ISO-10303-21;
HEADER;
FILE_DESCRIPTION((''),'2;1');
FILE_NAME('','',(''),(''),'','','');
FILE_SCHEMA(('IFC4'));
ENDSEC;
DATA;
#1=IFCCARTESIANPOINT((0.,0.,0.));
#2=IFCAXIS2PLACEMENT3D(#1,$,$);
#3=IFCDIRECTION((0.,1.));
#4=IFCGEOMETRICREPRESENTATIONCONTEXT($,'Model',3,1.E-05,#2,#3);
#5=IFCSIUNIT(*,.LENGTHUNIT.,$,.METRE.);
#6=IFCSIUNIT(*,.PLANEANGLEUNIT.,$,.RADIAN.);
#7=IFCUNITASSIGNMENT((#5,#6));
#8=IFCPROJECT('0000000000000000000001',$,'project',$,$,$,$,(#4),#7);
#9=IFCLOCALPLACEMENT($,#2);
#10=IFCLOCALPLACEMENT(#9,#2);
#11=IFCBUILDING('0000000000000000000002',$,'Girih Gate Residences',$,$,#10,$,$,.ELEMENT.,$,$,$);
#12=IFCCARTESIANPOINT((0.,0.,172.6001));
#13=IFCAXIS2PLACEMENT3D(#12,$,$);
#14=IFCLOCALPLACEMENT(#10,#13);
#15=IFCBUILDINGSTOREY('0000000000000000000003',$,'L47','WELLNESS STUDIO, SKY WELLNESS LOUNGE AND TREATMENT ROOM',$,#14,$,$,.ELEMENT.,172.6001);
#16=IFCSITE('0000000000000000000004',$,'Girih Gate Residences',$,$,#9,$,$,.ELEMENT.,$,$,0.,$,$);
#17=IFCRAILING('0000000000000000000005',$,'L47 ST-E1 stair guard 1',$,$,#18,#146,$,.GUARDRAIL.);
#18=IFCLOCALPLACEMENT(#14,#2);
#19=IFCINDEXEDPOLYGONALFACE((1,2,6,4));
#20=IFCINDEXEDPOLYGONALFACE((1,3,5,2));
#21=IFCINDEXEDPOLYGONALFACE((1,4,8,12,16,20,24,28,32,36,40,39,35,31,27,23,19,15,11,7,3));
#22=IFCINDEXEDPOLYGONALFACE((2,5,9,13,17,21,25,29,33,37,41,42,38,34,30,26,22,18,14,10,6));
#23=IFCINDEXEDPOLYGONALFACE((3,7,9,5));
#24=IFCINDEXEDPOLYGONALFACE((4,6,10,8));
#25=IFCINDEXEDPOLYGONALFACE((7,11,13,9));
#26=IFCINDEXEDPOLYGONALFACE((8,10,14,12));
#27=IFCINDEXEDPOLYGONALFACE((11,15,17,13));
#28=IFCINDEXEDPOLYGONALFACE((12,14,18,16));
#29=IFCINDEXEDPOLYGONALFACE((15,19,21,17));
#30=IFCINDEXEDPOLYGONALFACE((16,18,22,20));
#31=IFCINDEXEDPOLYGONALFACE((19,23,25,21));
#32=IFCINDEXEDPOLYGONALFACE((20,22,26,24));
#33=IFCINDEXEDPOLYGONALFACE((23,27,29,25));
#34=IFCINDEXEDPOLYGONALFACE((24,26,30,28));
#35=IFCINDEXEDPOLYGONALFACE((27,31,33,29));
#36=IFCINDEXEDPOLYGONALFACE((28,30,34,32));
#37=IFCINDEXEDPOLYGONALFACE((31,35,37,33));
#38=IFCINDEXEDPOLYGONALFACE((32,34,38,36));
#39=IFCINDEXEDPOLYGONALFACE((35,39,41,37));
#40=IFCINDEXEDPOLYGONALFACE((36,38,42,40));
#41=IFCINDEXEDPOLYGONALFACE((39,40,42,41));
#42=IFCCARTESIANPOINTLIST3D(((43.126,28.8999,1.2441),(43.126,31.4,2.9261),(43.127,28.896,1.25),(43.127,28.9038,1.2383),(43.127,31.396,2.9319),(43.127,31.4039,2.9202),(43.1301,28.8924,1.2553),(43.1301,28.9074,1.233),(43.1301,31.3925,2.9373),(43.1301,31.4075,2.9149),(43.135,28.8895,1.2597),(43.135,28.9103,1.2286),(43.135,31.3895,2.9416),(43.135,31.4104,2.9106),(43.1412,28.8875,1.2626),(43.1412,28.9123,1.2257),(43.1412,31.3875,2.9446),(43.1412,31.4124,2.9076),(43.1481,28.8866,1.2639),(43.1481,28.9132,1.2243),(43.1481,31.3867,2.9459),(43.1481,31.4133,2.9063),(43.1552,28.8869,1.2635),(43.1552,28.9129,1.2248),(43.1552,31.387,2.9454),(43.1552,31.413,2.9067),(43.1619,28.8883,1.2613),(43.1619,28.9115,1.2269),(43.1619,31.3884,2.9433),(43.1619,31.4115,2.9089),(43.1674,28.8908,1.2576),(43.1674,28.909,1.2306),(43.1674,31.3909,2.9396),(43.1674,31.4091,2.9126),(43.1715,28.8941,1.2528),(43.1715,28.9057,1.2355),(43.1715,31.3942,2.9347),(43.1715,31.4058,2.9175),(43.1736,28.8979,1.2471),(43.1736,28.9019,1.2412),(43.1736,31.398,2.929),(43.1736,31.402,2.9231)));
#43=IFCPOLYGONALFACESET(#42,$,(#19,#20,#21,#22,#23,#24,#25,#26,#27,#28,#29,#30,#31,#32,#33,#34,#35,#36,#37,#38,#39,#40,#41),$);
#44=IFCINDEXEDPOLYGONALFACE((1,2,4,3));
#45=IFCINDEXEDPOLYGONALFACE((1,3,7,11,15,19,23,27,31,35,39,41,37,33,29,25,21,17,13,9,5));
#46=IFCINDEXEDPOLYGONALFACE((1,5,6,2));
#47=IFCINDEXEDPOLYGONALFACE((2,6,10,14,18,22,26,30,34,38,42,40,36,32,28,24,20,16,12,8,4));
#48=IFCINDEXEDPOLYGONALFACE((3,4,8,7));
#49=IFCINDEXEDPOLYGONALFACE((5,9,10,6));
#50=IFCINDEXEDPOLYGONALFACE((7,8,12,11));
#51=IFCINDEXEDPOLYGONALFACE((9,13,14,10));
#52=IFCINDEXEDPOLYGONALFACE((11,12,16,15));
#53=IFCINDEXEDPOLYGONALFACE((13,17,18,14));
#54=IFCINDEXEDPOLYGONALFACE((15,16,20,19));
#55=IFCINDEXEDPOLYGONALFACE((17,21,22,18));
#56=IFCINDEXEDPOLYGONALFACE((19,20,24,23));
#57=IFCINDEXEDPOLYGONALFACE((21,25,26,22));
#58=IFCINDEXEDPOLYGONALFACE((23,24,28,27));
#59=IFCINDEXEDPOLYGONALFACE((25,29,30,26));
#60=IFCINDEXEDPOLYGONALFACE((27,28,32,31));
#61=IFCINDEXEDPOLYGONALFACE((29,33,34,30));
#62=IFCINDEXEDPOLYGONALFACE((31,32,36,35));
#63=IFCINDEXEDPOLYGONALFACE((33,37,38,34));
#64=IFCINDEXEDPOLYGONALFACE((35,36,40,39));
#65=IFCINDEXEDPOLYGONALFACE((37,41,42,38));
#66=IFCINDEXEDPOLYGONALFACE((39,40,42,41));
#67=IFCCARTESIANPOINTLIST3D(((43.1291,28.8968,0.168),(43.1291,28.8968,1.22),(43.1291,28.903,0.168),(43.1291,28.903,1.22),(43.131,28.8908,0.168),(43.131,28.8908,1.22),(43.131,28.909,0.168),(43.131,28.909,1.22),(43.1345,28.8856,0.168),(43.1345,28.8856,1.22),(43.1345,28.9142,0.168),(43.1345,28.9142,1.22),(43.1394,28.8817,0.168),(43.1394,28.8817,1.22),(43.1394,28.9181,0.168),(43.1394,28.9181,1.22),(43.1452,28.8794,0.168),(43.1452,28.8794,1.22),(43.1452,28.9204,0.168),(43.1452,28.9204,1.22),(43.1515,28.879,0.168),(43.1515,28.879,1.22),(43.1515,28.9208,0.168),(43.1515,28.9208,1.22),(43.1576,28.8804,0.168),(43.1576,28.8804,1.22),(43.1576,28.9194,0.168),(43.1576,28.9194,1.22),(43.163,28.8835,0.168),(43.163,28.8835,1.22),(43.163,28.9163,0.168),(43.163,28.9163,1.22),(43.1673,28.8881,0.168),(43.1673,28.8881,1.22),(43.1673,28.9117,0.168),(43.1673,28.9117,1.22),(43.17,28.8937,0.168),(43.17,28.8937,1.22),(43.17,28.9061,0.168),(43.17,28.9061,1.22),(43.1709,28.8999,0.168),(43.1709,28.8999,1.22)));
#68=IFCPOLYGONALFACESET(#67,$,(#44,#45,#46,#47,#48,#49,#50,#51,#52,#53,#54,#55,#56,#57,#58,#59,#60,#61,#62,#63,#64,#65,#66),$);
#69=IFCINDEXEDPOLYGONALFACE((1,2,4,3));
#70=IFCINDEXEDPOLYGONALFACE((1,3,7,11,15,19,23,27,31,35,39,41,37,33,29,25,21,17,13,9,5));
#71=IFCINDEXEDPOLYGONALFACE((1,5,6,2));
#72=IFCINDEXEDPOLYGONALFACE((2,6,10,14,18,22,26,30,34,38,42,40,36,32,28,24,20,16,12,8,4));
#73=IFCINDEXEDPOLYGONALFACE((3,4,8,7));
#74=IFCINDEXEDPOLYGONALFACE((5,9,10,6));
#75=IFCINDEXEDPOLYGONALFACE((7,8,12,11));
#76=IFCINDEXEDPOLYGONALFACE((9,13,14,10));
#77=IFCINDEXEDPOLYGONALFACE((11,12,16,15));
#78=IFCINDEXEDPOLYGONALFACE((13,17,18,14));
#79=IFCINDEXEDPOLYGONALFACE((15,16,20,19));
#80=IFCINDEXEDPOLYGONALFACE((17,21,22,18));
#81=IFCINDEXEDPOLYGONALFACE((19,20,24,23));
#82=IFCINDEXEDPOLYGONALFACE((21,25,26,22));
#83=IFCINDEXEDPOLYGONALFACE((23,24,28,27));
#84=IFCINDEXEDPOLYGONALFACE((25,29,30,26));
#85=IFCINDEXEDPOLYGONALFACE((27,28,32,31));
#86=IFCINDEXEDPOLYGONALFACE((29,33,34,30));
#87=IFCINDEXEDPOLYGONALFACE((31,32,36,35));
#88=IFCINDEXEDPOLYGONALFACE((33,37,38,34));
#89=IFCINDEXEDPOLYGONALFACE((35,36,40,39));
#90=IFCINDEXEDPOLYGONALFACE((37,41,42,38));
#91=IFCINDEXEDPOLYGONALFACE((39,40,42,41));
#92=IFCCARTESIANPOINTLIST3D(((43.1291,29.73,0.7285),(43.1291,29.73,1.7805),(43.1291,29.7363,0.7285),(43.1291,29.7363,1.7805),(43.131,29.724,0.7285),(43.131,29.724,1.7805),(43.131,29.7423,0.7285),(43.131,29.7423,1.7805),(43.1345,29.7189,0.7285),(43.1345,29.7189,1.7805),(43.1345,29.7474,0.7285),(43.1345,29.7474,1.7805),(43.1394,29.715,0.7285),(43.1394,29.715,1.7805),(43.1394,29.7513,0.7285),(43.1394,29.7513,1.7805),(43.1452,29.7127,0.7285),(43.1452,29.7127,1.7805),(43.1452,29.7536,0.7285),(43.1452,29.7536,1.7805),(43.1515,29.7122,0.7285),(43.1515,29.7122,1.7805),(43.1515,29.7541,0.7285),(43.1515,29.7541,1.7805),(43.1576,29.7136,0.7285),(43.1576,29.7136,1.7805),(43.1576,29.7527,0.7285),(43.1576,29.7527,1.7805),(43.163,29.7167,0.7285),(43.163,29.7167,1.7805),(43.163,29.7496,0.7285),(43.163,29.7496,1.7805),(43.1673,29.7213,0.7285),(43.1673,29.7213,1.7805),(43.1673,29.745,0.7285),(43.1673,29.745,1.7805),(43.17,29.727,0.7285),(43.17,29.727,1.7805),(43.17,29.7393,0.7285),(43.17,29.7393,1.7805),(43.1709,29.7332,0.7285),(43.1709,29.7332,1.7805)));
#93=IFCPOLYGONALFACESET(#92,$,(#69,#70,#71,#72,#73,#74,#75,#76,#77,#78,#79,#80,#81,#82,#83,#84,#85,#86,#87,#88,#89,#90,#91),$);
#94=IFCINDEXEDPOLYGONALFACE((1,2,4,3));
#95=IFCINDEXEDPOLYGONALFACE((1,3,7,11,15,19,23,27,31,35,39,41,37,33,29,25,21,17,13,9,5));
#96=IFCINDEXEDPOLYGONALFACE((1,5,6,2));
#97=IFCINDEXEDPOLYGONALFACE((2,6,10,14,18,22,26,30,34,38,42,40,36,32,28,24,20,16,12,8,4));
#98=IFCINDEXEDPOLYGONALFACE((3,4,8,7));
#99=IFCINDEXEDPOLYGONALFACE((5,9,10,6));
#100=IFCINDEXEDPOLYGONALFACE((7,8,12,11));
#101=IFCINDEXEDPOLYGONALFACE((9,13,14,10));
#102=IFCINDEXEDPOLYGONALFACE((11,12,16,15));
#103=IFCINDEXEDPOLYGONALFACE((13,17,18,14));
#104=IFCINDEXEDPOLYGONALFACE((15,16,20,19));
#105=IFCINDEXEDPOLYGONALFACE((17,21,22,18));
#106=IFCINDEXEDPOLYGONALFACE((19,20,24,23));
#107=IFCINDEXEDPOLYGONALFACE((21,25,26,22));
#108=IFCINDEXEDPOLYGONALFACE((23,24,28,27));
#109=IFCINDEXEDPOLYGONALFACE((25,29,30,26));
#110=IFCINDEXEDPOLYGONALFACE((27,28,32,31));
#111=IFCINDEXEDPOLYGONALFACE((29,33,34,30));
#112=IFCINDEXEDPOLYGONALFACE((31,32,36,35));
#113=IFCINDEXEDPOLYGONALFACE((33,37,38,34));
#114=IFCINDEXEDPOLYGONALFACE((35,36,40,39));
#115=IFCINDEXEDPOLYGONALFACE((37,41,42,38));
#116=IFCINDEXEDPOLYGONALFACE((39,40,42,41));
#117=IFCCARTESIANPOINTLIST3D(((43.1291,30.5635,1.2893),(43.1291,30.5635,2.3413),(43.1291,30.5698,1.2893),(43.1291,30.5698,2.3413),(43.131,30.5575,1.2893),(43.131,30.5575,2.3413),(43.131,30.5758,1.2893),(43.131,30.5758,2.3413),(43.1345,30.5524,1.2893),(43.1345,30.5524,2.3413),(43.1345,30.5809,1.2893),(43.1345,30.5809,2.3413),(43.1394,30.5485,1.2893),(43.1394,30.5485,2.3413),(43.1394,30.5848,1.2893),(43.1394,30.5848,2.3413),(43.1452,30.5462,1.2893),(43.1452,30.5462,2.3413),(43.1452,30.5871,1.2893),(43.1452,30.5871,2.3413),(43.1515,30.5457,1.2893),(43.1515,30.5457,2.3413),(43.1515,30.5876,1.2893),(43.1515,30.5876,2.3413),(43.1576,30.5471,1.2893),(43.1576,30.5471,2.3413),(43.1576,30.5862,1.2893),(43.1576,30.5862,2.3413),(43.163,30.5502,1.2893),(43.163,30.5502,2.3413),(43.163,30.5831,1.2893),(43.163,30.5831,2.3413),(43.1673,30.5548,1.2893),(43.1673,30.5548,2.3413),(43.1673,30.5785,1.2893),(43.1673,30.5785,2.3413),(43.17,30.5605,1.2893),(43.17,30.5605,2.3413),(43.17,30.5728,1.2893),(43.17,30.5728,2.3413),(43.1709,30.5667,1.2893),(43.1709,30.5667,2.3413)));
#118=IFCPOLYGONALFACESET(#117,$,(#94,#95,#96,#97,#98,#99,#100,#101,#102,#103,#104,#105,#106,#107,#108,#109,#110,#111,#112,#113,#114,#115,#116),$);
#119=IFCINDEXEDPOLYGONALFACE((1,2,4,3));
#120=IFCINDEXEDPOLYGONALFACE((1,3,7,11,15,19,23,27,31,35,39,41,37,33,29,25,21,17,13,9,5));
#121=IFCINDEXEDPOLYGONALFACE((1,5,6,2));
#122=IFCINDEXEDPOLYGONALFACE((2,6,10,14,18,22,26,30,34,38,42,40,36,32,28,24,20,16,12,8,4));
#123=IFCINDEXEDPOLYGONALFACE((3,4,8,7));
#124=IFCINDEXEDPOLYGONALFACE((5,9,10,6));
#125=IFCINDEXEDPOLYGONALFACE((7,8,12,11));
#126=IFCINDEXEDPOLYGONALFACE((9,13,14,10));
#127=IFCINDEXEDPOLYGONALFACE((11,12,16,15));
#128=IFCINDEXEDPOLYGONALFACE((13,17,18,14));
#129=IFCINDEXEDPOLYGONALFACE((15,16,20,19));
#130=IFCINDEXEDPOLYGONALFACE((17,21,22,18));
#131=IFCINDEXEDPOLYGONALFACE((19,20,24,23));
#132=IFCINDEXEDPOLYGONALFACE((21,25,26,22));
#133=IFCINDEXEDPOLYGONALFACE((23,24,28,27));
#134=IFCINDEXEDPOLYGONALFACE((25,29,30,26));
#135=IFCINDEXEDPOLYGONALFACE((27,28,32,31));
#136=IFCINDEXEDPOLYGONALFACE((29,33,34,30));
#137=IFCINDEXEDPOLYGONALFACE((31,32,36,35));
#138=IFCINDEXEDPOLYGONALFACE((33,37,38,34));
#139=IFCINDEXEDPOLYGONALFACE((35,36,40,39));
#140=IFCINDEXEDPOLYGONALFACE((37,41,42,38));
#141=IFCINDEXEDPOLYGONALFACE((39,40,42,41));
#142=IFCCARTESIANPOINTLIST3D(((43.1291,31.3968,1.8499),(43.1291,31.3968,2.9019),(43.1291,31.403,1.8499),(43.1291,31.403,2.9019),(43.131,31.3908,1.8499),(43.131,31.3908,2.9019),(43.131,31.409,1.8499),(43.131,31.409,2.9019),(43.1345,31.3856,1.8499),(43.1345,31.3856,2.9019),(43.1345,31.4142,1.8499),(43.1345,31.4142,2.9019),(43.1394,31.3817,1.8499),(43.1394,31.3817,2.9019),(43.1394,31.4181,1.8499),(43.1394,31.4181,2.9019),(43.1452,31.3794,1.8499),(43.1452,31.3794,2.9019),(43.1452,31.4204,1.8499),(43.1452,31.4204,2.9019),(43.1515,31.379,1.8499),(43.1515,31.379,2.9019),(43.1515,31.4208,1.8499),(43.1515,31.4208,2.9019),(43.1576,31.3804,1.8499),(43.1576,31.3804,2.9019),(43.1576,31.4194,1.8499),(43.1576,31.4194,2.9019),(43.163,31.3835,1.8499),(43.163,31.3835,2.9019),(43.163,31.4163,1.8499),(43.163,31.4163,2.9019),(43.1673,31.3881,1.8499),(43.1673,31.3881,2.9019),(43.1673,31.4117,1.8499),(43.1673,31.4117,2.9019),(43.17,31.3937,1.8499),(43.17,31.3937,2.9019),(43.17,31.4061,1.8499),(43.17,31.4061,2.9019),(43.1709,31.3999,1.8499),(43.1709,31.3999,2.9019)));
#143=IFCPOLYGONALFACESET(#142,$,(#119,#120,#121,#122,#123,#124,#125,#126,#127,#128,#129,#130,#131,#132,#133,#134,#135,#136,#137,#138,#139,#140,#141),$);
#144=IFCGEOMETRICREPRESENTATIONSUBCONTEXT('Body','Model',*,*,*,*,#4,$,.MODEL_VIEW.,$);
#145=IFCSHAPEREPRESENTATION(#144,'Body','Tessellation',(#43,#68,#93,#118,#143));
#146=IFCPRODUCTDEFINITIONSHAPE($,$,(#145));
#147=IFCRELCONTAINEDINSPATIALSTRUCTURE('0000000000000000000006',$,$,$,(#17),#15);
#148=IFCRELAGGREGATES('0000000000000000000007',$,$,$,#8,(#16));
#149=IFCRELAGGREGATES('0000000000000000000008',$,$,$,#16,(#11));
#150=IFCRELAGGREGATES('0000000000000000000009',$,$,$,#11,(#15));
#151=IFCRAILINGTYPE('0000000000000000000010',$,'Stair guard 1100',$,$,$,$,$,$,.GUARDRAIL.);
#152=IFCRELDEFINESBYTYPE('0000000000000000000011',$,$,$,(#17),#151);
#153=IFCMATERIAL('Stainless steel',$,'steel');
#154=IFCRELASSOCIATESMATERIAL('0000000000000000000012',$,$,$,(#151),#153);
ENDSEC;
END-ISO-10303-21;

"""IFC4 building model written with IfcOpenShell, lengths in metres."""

from ifc_helpers import new_model, si_unit, direction, frame, origin, origin_2d, place, context, subcontext, project, spatial, circle, extrude, material, type_object, element, save


model = new_model("IFC4")

# Units and contexts
model_context = context("Model", 3, precision=1e-05, world=origin(), true_north=direction((0.0, 1.0)))
body_context = subcontext(model_context, "Body", "Model", "MODEL_VIEW")
ifc_project = project(units=[si_unit("LENGTHUNIT", "METRE"), si_unit("PLANEANGLEUNIT", "RADIAN")], contexts=[model_context])

# Site, building, storey
site_placement = place(None, origin())
site = spatial("IfcSite", under=ifc_project, at=site_placement, Name="Girih Gate Residences", CompositionType="ELEMENT", RefElevation=0.0)
building_placement = place(site_placement, origin())
building = spatial("IfcBuilding", under=site, at=building_placement, Name="Girih Gate Residences", CompositionType="ELEMENT")
storey_placement = place(building_placement, frame((0.0, 0.0, 172.6001)))
storey = spatial("IfcBuildingStorey", under=building, at=storey_placement, Name="L47", Description="WELLNESS STUDIO, SKY WELLNESS LOUNGE AND TREATMENT ROOM", CompositionType="ELEMENT", Elevation=172.6001)

# Railing
ifc_material_1 = material(Name="Stainless steel", Category="steel")
railing_type_1 = type_object("IfcRailingType", Name="Stair guard 1100", PredefinedType="GUARDRAIL", material=ifc_material_1)
railing_1_placement = place(storey_placement, frame((43.1499, 28.8999, 0.168)))
element("IfcRailing", 1, at=railing_1_placement, inside=storey, type_object=railing_type_1, Name="L47 ST-E1 stair guard 1", PredefinedType="GUARDRAIL", context=body_context, shape_type="SweptSolid", body=[
    extrude(circle(Radius=0.0239, at=origin_2d()), frame((0.0, 0.0, 1.0762), z_axis=(0.0, 0.829712, 0.558192), x_axis=(-1.0, 0.0, 0.0)), (0.0, 0.0, 1.0), 3.0132),
    extrude(circle(Radius=0.021, at=origin_2d()), origin(), (0.0, 0.0, 1.0), 1.052),
    extrude(circle(Radius=0.021, at=origin_2d()), frame((0.0, 0.8333, 0.5605)), (0.0, 0.0, 1.0), 1.052),
    extrude(circle(Radius=0.021, at=origin_2d()), frame((0.0, 1.6667, 1.1213)), (0.0, 0.0, 1.0), 1.052),
    extrude(circle(Radius=0.021, at=origin_2d()), frame((0.0, 2.5, 1.6819)), (0.0, 0.0, 1.0), 1.052),
])

save(model, "model.ifc")
